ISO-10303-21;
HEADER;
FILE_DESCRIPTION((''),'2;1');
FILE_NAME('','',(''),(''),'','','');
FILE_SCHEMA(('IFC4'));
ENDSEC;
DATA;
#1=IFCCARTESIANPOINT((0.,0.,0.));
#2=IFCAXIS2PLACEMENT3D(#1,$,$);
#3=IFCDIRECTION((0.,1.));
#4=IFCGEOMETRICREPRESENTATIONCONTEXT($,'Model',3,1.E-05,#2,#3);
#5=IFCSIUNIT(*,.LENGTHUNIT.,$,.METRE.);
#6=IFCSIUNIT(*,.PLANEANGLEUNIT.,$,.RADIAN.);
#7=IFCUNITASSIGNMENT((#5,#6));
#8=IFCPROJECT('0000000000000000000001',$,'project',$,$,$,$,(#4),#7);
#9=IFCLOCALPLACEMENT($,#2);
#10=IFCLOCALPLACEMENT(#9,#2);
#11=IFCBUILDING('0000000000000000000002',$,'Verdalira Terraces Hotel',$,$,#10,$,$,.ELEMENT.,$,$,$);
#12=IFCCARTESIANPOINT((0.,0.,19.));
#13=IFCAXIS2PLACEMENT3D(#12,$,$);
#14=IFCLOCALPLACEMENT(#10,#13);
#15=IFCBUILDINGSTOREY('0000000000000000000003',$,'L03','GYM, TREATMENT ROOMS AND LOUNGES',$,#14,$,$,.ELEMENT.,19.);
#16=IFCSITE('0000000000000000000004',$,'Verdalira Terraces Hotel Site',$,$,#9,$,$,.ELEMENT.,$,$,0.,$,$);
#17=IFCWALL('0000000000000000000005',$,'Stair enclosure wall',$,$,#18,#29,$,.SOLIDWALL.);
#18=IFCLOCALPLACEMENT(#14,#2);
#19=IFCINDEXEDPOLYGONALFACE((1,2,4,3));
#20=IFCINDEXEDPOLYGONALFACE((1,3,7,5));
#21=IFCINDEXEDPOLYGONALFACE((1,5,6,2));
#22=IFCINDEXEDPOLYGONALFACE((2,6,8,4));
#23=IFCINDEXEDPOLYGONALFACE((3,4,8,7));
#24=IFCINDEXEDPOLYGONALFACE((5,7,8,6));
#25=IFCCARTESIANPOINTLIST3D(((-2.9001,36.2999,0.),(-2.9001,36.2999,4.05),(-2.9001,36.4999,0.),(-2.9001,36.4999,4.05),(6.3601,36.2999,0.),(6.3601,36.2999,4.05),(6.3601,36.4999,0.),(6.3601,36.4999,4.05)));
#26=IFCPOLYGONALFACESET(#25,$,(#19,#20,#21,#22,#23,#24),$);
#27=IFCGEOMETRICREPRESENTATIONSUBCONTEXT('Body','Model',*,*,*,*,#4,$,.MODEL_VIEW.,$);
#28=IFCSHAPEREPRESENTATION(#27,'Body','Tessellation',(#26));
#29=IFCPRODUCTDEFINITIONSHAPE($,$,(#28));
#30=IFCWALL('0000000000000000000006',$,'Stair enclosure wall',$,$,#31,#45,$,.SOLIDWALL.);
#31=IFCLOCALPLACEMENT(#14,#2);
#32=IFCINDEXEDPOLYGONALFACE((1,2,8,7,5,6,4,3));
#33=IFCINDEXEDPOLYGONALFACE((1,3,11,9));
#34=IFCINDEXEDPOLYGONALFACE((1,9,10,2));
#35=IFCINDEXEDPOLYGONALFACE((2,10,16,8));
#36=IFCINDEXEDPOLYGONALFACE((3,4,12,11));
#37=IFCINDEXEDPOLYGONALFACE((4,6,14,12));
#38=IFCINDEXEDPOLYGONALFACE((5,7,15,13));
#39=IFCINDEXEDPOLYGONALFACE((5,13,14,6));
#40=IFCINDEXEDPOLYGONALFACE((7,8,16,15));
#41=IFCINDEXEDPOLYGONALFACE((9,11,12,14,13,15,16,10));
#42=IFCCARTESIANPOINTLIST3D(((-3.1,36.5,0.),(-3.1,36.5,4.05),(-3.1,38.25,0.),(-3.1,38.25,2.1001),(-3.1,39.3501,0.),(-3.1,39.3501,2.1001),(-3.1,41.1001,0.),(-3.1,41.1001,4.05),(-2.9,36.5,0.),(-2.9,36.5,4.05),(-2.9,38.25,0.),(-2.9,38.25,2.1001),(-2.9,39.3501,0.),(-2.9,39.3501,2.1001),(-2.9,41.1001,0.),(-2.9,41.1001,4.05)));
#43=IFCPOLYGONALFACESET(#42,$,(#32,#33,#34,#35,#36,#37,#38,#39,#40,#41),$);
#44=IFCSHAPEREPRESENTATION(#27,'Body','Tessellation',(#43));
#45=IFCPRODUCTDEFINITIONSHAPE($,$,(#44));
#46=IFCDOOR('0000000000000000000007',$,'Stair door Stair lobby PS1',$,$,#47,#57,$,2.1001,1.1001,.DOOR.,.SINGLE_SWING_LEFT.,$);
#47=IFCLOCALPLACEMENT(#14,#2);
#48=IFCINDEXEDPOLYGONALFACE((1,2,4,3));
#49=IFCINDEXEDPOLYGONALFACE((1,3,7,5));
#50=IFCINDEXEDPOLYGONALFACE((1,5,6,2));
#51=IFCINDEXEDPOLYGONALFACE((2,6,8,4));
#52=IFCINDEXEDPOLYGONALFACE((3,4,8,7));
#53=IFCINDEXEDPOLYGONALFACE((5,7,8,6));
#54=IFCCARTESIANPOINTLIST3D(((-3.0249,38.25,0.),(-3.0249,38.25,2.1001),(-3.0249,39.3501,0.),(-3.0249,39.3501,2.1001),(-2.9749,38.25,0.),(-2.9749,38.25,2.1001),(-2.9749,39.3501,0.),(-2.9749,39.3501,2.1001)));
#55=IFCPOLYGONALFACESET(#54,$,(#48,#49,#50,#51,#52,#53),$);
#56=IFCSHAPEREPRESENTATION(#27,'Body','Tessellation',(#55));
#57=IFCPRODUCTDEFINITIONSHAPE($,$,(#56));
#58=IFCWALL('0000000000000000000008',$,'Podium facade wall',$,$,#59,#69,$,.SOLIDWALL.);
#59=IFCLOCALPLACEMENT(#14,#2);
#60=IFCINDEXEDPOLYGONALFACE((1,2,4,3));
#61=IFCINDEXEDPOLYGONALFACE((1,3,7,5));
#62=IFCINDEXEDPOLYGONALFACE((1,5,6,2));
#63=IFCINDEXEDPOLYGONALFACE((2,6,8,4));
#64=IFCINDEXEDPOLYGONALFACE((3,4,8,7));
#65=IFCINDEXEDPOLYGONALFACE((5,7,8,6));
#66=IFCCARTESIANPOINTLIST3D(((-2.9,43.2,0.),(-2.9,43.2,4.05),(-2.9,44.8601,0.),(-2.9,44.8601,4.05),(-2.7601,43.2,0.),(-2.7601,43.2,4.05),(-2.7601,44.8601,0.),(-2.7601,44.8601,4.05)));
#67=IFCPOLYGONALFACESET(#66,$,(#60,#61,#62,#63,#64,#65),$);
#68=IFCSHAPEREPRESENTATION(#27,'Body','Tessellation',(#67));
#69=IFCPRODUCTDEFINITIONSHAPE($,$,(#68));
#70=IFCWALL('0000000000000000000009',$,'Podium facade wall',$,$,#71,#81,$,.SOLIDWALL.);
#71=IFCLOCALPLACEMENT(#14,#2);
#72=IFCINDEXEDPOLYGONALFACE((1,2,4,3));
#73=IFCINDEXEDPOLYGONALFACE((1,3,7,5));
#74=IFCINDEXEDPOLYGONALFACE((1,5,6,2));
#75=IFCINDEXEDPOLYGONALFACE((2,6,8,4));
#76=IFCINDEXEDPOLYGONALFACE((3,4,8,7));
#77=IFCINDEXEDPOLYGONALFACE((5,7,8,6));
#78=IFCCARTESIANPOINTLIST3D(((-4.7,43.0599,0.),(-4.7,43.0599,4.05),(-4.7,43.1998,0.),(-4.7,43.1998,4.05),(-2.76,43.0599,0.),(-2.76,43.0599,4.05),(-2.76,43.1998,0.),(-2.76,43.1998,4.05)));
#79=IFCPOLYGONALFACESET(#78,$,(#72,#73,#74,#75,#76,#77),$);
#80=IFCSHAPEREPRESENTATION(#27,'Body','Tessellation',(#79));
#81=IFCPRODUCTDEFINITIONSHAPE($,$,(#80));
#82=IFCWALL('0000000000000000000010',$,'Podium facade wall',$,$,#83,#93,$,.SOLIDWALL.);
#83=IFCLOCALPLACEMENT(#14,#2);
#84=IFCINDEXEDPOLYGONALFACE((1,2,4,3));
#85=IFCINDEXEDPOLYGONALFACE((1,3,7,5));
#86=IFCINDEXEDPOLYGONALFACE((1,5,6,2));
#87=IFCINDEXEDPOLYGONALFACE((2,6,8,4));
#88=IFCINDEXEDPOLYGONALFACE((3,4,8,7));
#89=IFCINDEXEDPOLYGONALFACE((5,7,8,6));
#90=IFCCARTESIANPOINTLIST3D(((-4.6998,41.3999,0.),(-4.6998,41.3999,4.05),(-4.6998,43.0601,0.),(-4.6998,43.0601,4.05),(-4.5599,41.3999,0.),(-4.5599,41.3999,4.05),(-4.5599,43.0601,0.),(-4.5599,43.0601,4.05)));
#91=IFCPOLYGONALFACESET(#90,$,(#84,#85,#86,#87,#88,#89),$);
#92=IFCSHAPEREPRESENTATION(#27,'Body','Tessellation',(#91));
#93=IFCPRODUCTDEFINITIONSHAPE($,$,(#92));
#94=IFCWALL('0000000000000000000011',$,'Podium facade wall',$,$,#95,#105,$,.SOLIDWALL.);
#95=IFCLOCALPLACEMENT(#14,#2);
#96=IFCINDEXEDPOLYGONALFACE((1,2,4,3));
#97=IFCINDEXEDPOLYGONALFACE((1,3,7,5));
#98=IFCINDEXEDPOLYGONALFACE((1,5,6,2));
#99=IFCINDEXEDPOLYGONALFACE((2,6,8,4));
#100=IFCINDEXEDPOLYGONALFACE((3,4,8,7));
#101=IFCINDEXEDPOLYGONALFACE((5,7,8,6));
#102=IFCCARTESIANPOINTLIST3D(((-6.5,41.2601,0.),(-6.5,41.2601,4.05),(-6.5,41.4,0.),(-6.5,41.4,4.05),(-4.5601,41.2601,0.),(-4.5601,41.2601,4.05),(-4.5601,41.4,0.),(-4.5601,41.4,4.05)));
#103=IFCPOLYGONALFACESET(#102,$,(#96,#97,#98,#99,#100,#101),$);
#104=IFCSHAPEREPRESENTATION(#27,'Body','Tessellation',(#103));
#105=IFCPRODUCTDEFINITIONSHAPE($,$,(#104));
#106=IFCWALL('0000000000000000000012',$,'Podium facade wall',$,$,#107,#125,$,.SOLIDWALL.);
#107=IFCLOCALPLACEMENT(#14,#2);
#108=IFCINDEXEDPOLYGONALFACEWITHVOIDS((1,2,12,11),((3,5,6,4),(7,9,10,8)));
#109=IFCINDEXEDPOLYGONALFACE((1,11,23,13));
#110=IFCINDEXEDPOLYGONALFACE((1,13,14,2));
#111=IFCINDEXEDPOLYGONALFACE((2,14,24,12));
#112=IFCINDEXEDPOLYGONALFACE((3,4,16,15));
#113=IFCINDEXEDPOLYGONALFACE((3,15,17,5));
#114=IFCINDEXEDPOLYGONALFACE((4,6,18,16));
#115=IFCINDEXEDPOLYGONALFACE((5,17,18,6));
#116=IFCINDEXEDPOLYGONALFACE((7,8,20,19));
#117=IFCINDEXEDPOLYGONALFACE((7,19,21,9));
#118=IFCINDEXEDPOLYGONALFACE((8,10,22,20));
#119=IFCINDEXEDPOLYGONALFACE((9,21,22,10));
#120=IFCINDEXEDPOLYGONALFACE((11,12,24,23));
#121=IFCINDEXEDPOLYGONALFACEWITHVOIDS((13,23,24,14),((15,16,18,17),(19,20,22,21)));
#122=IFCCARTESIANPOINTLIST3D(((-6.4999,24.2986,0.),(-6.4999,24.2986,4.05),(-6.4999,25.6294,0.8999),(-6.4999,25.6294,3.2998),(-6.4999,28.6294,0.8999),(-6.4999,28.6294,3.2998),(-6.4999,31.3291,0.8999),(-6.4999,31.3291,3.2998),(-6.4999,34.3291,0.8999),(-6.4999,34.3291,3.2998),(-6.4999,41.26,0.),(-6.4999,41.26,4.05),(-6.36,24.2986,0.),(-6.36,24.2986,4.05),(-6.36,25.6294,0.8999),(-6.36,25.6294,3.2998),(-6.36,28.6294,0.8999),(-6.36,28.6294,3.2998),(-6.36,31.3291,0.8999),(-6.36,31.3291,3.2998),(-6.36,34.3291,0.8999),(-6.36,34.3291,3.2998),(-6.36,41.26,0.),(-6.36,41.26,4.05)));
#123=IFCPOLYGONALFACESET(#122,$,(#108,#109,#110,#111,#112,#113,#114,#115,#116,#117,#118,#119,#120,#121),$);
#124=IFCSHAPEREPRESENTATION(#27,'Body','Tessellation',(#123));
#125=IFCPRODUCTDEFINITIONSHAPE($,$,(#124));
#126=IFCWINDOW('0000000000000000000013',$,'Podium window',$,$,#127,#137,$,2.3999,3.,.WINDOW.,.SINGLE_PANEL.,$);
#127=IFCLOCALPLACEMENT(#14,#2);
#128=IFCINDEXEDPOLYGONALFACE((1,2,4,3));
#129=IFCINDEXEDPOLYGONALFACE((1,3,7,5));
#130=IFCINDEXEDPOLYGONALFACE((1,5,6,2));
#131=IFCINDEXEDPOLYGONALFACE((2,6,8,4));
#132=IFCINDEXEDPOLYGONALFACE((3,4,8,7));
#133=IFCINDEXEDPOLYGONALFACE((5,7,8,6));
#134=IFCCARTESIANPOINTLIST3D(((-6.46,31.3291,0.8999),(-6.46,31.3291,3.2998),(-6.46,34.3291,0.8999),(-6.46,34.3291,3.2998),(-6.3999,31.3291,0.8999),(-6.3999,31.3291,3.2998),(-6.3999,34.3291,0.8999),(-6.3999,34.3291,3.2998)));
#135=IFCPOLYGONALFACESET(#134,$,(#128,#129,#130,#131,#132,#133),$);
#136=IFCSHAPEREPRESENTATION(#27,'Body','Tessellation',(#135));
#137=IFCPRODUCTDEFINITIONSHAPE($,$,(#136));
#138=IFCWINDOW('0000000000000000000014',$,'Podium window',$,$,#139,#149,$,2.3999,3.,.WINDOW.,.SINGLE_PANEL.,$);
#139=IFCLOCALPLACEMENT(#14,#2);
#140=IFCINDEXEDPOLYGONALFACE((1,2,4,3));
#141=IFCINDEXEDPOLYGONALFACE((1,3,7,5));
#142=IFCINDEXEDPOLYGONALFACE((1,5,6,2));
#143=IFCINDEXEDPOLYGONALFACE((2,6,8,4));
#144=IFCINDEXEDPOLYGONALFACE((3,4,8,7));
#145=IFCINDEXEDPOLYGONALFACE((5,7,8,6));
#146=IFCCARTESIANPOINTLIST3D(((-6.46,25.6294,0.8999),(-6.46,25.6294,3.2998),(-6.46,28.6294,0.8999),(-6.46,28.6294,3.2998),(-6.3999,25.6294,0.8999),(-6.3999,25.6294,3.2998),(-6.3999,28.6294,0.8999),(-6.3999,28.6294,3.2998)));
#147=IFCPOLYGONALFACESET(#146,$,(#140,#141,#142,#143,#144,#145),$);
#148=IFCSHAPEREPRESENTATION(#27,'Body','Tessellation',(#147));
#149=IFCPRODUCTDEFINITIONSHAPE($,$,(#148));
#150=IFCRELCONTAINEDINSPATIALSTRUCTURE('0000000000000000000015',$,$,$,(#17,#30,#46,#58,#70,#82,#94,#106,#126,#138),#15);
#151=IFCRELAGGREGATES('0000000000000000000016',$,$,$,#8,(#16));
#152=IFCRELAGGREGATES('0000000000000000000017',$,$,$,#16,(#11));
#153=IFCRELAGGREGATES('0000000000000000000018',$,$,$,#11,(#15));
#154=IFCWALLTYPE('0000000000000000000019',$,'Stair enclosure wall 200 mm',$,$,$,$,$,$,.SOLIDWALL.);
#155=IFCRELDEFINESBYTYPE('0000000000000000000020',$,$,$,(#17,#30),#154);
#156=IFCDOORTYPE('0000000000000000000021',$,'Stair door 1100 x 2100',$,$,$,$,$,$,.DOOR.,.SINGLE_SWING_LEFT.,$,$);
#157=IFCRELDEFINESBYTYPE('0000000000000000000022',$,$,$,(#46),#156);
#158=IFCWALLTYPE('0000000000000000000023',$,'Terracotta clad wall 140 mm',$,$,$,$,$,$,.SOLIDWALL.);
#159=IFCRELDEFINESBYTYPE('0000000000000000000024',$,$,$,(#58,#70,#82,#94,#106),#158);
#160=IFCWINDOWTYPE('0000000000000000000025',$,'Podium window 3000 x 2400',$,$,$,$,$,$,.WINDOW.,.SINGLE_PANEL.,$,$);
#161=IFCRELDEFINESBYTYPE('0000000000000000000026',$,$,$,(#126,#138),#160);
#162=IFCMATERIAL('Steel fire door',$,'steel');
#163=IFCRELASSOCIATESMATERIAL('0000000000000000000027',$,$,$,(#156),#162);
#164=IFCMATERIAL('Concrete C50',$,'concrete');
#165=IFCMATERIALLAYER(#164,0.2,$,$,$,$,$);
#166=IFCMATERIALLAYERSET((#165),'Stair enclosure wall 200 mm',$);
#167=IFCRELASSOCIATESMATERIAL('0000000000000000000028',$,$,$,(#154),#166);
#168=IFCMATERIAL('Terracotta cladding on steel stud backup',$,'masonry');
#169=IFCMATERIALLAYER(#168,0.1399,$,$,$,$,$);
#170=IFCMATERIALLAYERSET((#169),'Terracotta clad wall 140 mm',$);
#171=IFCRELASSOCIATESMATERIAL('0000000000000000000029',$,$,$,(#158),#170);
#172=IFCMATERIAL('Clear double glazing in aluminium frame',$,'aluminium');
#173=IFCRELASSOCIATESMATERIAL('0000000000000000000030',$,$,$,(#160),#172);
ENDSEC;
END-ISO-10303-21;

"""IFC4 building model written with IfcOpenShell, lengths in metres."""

from ifc_helpers import new_model, si_unit, direction, frame, frame_2d, origin, place, context, subcontext, project, spatial, rectangle, extrude, material, layer, layer_set, type_object, element, fill, save


model = new_model("IFC4")

# Units and contexts
model_context = context("Model", 3, precision=1e-05, world=origin(), true_north=direction((0.0, 1.0)))
body_context = subcontext(model_context, "Body", "Model", "MODEL_VIEW")
ifc_project = project(units=[si_unit("LENGTHUNIT", "METRE"), si_unit("PLANEANGLEUNIT", "RADIAN")], contexts=[model_context])

# Site, building, storey
site_placement = place(None, origin())
site = spatial("IfcSite", under=ifc_project, at=site_placement, Name="Verdalira Terraces Hotel Site", CompositionType="ELEMENT", RefElevation=0.0)
building_placement = place(site_placement, origin())
building = spatial("IfcBuilding", under=site, at=building_placement, Name="Verdalira Terraces Hotel", CompositionType="ELEMENT")
storey_placement = place(building_placement, frame((0.0, 0.0, 19.0)))
storey = spatial("IfcBuildingStorey", under=building, at=storey_placement, Name="L03", Description="GYM, TREATMENT ROOMS AND LOUNGES", CompositionType="ELEMENT", Elevation=19.0)

# Shared definitions
ifc_material_1 = material(Name="Steel fire door", Category="steel")
door_type_1 = type_object("IfcDoorType", Name="Stair door 1100 x 2100", OperationType="SINGLE_SWING_LEFT", PredefinedType="DOOR", material=ifc_material_1)

# Wall
ifc_material_2 = material(Name="Concrete C50", Category="concrete")
ifc_layer_1 = layer(ifc_material_2, 0.2)
ifc_layer_set_1 = layer_set([ifc_layer_1], Name="Stair enclosure wall 200 mm")
wall_type_1 = type_object("IfcWallType", Name="Stair enclosure wall 200 mm", PredefinedType="SOLIDWALL", material=ifc_layer_set_1)
wall_1_placement = place(storey_placement, frame((-2.9001, 36.3999, 0.0), z_axis=(0.0, 0.0, 1.0), x_axis=(1.0, 0.0, 0.0)))
element("IfcWall", 1, at=wall_1_placement, inside=storey, type_object=wall_type_1, Name="Stair enclosure wall", PredefinedType="SOLIDWALL", context=body_context, shape_type="SweptSolid", body=[
    extrude(rectangle(XDim=9.2603, YDim=0.2, at=frame_2d((4.6301, 0.0))), origin(), (0.0, 0.0, 1.0), 4.05),
])

# Wall, opening, door
wall_2_placement = place(storey_placement, frame((-3.0, 36.5, 0.0), z_axis=(0.0, 0.0, 1.0), x_axis=(0.0, 1.0, 0.0)))
wall_2 = element("IfcWall", 2, at=wall_2_placement, inside=storey, type_object=wall_type_1, Name="Stair enclosure wall", PredefinedType="SOLIDWALL", context=body_context, shape_type="SweptSolid", body=[
    extrude(rectangle(XDim=4.6001, YDim=0.2, at=frame_2d((2.3, 0.0))), origin(), (0.0, 0.0, 1.0), 4.05),
])
opening_1_placement = place(wall_2_placement, frame((1.75, 0.0, 0.0)))
opening_1 = element("IfcOpeningElement", 3, at=opening_1_placement, cuts=wall_2, PredefinedType="OPENING", context=body_context, shape_type="SweptSolid", body=[
    extrude(rectangle(XDim=1.1001, YDim=2.1001, at=frame_2d((0.55, 1.05))), frame((0.0, 0.1099, 0.0), z_axis=(0.0, -1.0, 0.0), x_axis=(1.0, 0.0, 0.0)), (0.0, 0.0, 1.0), 0.22),
])
door_1_placement = place(opening_1_placement, origin())
door_1 = element("IfcDoor", 4, at=door_1_placement, inside=storey, type_object=door_type_1, Name="Stair door Stair lobby PS1", OperationType="SINGLE_SWING_LEFT", OverallHeight=2.1001, OverallWidth=1.1001, PredefinedType="DOOR", context=body_context, shape_type="SweptSolid", body=[
    extrude(rectangle(XDim=1.1001, YDim=2.1001, at=frame_2d((0.55, 1.05))), frame((0.0, 0.0249, 0.0), z_axis=(0.0, -1.0, 0.0), x_axis=(1.0, 0.0, 0.0)), (0.0, 0.0, 1.0), 0.05),
])
fill(opening_1, door_1)

# Walls
ifc_material_3 = material(Name="Terracotta cladding on steel stud backup", Category="masonry")
ifc_layer_2 = layer(ifc_material_3, 0.1399)
ifc_layer_set_2 = layer_set([ifc_layer_2], Name="Terracotta clad wall 140 mm")
wall_type_2 = type_object("IfcWallType", Name="Terracotta clad wall 140 mm", PredefinedType="SOLIDWALL", material=ifc_layer_set_2)
wall_3_placement = place(storey_placement, frame((-2.8301, 44.8601, 0.0), z_axis=(0.0, 0.0, 1.0), x_axis=(0.0, -1.0, 0.0)))
element("IfcWall", 5, at=wall_3_placement, inside=storey, type_object=wall_type_2, Name="Podium facade wall", PredefinedType="SOLIDWALL", context=body_context, shape_type="SweptSolid", body=[
    extrude(rectangle(XDim=1.6602, YDim=0.1399, at=frame_2d((0.8301, 0.0))), origin(), (0.0, 0.0, 1.0), 4.05),
])
wall_4_placement = place(storey_placement, frame((-2.76, 43.1299, 0.0), z_axis=(0.0, 0.0, 1.0), x_axis=(-1.0, 0.0, 0.0)))
element("IfcWall", 6, at=wall_4_placement, inside=storey, type_object=wall_type_2, Name="Podium facade wall", PredefinedType="SOLIDWALL", context=body_context, shape_type="SweptSolid", body=[
    extrude(rectangle(XDim=1.9399, YDim=0.1399, at=frame_2d((0.97, 0.0))), origin(), (0.0, 0.0, 1.0), 4.05),
])
wall_5_placement = place(storey_placement, frame((-4.6299, 43.0601, 0.0), z_axis=(0.0, 0.0, 1.0), x_axis=(0.0, -1.0, 0.0)))
element("IfcWall", 7, at=wall_5_placement, inside=storey, type_object=wall_type_2, Name="Podium facade wall", PredefinedType="SOLIDWALL", context=body_context, shape_type="SweptSolid", body=[
    extrude(rectangle(XDim=1.6602, YDim=0.1399, at=frame_2d((0.8301, 0.0))), origin(), (0.0, 0.0, 1.0), 4.05),
])
wall_6_placement = place(storey_placement, frame((-4.5601, 41.3301, 0.0), z_axis=(0.0, 0.0, 1.0), x_axis=(-1.0, 0.0, 0.0)))
element("IfcWall", 8, at=wall_6_placement, inside=storey, type_object=wall_type_2, Name="Podium facade wall", PredefinedType="SOLIDWALL", context=body_context, shape_type="SweptSolid", body=[
    extrude(rectangle(XDim=1.9399, YDim=0.1399, at=frame_2d((0.97, 0.0))), origin(), (0.0, 0.0, 1.0), 4.05),
])

# Wall, openings, windows
wall_7_placement = place(storey_placement, frame((-6.4299, 41.26, 0.0), z_axis=(0.0, 0.0, 1.0), x_axis=(0.0, -1.0, 0.0)))
wall_7 = element("IfcWall", 9, at=wall_7_placement, inside=storey, type_object=wall_type_2, Name="Podium facade wall", PredefinedType="SOLIDWALL", context=body_context, shape_type="SweptSolid", body=[
    extrude(rectangle(XDim=16.9614, YDim=0.1399, at=frame_2d((8.4807, 0.0))), origin(), (0.0, 0.0, 1.0), 4.05),
])
opening_2_placement = place(wall_7_placement, frame((6.9309, 0.0, 0.8999)))
opening_2 = element("IfcOpeningElement", 10, at=opening_2_placement, cuts=wall_7, PredefinedType="OPENING", context=body_context, shape_type="SweptSolid", body=[
    extrude(rectangle(XDim=3.0, YDim=2.3999, at=frame_2d((1.5, 1.2))), frame((0.0, 0.0798, 0.0), z_axis=(0.0, -1.0, 0.0), x_axis=(1.0, 0.0, 0.0)), (0.0, 0.0, 1.0), 0.1599),
])
opening_3_placement = place(wall_7_placement, frame((12.6306, 0.0, 0.8999)))
opening_3 = element("IfcOpeningElement", 11, at=opening_3_placement, cuts=wall_7, PredefinedType="OPENING", context=body_context, shape_type="SweptSolid", body=[
    extrude(rectangle(XDim=3.0, YDim=2.3999, at=frame_2d((1.5, 1.2))), frame((0.0, 0.0798, 0.0), z_axis=(0.0, -1.0, 0.0), x_axis=(1.0, 0.0, 0.0)), (0.0, 0.0, 1.0), 0.1599),
])
ifc_material_4 = material(Name="Clear double glazing in aluminium frame", Category="aluminium")
window_type = type_object("IfcWindowType", Name="Podium window 3000 x 2400", PartitioningType="SINGLE_PANEL", PredefinedType="WINDOW", material=ifc_material_4)
window_1_placement = place(opening_2_placement, origin())
window_1 = element("IfcWindow", 12, at=window_1_placement, inside=storey, type_object=window_type, Name="Podium window", OverallHeight=2.3999, OverallWidth=3.0, PartitioningType="SINGLE_PANEL", PredefinedType="WINDOW", context=body_context, shape_type="SweptSolid", body=[
    extrude(rectangle(XDim=3.0, YDim=2.3999, at=frame_2d((1.5, 1.2))), frame((0.0, 0.03, 0.0), z_axis=(0.0, -1.0, 0.0), x_axis=(1.0, 0.0, 0.0)), (0.0, 0.0, 1.0), 0.0601),
])
fill(opening_2, window_1)
window_2_placement = place(opening_3_placement, origin())
window_2 = element("IfcWindow", 13, at=window_2_placement, inside=storey, type_object=window_type, Name="Podium window", OverallHeight=2.3999, OverallWidth=3.0, PartitioningType="SINGLE_PANEL", PredefinedType="WINDOW", context=body_context, shape_type="SweptSolid", body=[
    extrude(rectangle(XDim=3.0, YDim=2.3999, at=frame_2d((1.5, 1.2))), frame((0.0, 0.03, 0.0), z_axis=(0.0, -1.0, 0.0), x_axis=(1.0, 0.0, 0.0)), (0.0, 0.0, 1.0), 0.0601),
])
fill(opening_3, window_2)

save(model, "model.ifc")
